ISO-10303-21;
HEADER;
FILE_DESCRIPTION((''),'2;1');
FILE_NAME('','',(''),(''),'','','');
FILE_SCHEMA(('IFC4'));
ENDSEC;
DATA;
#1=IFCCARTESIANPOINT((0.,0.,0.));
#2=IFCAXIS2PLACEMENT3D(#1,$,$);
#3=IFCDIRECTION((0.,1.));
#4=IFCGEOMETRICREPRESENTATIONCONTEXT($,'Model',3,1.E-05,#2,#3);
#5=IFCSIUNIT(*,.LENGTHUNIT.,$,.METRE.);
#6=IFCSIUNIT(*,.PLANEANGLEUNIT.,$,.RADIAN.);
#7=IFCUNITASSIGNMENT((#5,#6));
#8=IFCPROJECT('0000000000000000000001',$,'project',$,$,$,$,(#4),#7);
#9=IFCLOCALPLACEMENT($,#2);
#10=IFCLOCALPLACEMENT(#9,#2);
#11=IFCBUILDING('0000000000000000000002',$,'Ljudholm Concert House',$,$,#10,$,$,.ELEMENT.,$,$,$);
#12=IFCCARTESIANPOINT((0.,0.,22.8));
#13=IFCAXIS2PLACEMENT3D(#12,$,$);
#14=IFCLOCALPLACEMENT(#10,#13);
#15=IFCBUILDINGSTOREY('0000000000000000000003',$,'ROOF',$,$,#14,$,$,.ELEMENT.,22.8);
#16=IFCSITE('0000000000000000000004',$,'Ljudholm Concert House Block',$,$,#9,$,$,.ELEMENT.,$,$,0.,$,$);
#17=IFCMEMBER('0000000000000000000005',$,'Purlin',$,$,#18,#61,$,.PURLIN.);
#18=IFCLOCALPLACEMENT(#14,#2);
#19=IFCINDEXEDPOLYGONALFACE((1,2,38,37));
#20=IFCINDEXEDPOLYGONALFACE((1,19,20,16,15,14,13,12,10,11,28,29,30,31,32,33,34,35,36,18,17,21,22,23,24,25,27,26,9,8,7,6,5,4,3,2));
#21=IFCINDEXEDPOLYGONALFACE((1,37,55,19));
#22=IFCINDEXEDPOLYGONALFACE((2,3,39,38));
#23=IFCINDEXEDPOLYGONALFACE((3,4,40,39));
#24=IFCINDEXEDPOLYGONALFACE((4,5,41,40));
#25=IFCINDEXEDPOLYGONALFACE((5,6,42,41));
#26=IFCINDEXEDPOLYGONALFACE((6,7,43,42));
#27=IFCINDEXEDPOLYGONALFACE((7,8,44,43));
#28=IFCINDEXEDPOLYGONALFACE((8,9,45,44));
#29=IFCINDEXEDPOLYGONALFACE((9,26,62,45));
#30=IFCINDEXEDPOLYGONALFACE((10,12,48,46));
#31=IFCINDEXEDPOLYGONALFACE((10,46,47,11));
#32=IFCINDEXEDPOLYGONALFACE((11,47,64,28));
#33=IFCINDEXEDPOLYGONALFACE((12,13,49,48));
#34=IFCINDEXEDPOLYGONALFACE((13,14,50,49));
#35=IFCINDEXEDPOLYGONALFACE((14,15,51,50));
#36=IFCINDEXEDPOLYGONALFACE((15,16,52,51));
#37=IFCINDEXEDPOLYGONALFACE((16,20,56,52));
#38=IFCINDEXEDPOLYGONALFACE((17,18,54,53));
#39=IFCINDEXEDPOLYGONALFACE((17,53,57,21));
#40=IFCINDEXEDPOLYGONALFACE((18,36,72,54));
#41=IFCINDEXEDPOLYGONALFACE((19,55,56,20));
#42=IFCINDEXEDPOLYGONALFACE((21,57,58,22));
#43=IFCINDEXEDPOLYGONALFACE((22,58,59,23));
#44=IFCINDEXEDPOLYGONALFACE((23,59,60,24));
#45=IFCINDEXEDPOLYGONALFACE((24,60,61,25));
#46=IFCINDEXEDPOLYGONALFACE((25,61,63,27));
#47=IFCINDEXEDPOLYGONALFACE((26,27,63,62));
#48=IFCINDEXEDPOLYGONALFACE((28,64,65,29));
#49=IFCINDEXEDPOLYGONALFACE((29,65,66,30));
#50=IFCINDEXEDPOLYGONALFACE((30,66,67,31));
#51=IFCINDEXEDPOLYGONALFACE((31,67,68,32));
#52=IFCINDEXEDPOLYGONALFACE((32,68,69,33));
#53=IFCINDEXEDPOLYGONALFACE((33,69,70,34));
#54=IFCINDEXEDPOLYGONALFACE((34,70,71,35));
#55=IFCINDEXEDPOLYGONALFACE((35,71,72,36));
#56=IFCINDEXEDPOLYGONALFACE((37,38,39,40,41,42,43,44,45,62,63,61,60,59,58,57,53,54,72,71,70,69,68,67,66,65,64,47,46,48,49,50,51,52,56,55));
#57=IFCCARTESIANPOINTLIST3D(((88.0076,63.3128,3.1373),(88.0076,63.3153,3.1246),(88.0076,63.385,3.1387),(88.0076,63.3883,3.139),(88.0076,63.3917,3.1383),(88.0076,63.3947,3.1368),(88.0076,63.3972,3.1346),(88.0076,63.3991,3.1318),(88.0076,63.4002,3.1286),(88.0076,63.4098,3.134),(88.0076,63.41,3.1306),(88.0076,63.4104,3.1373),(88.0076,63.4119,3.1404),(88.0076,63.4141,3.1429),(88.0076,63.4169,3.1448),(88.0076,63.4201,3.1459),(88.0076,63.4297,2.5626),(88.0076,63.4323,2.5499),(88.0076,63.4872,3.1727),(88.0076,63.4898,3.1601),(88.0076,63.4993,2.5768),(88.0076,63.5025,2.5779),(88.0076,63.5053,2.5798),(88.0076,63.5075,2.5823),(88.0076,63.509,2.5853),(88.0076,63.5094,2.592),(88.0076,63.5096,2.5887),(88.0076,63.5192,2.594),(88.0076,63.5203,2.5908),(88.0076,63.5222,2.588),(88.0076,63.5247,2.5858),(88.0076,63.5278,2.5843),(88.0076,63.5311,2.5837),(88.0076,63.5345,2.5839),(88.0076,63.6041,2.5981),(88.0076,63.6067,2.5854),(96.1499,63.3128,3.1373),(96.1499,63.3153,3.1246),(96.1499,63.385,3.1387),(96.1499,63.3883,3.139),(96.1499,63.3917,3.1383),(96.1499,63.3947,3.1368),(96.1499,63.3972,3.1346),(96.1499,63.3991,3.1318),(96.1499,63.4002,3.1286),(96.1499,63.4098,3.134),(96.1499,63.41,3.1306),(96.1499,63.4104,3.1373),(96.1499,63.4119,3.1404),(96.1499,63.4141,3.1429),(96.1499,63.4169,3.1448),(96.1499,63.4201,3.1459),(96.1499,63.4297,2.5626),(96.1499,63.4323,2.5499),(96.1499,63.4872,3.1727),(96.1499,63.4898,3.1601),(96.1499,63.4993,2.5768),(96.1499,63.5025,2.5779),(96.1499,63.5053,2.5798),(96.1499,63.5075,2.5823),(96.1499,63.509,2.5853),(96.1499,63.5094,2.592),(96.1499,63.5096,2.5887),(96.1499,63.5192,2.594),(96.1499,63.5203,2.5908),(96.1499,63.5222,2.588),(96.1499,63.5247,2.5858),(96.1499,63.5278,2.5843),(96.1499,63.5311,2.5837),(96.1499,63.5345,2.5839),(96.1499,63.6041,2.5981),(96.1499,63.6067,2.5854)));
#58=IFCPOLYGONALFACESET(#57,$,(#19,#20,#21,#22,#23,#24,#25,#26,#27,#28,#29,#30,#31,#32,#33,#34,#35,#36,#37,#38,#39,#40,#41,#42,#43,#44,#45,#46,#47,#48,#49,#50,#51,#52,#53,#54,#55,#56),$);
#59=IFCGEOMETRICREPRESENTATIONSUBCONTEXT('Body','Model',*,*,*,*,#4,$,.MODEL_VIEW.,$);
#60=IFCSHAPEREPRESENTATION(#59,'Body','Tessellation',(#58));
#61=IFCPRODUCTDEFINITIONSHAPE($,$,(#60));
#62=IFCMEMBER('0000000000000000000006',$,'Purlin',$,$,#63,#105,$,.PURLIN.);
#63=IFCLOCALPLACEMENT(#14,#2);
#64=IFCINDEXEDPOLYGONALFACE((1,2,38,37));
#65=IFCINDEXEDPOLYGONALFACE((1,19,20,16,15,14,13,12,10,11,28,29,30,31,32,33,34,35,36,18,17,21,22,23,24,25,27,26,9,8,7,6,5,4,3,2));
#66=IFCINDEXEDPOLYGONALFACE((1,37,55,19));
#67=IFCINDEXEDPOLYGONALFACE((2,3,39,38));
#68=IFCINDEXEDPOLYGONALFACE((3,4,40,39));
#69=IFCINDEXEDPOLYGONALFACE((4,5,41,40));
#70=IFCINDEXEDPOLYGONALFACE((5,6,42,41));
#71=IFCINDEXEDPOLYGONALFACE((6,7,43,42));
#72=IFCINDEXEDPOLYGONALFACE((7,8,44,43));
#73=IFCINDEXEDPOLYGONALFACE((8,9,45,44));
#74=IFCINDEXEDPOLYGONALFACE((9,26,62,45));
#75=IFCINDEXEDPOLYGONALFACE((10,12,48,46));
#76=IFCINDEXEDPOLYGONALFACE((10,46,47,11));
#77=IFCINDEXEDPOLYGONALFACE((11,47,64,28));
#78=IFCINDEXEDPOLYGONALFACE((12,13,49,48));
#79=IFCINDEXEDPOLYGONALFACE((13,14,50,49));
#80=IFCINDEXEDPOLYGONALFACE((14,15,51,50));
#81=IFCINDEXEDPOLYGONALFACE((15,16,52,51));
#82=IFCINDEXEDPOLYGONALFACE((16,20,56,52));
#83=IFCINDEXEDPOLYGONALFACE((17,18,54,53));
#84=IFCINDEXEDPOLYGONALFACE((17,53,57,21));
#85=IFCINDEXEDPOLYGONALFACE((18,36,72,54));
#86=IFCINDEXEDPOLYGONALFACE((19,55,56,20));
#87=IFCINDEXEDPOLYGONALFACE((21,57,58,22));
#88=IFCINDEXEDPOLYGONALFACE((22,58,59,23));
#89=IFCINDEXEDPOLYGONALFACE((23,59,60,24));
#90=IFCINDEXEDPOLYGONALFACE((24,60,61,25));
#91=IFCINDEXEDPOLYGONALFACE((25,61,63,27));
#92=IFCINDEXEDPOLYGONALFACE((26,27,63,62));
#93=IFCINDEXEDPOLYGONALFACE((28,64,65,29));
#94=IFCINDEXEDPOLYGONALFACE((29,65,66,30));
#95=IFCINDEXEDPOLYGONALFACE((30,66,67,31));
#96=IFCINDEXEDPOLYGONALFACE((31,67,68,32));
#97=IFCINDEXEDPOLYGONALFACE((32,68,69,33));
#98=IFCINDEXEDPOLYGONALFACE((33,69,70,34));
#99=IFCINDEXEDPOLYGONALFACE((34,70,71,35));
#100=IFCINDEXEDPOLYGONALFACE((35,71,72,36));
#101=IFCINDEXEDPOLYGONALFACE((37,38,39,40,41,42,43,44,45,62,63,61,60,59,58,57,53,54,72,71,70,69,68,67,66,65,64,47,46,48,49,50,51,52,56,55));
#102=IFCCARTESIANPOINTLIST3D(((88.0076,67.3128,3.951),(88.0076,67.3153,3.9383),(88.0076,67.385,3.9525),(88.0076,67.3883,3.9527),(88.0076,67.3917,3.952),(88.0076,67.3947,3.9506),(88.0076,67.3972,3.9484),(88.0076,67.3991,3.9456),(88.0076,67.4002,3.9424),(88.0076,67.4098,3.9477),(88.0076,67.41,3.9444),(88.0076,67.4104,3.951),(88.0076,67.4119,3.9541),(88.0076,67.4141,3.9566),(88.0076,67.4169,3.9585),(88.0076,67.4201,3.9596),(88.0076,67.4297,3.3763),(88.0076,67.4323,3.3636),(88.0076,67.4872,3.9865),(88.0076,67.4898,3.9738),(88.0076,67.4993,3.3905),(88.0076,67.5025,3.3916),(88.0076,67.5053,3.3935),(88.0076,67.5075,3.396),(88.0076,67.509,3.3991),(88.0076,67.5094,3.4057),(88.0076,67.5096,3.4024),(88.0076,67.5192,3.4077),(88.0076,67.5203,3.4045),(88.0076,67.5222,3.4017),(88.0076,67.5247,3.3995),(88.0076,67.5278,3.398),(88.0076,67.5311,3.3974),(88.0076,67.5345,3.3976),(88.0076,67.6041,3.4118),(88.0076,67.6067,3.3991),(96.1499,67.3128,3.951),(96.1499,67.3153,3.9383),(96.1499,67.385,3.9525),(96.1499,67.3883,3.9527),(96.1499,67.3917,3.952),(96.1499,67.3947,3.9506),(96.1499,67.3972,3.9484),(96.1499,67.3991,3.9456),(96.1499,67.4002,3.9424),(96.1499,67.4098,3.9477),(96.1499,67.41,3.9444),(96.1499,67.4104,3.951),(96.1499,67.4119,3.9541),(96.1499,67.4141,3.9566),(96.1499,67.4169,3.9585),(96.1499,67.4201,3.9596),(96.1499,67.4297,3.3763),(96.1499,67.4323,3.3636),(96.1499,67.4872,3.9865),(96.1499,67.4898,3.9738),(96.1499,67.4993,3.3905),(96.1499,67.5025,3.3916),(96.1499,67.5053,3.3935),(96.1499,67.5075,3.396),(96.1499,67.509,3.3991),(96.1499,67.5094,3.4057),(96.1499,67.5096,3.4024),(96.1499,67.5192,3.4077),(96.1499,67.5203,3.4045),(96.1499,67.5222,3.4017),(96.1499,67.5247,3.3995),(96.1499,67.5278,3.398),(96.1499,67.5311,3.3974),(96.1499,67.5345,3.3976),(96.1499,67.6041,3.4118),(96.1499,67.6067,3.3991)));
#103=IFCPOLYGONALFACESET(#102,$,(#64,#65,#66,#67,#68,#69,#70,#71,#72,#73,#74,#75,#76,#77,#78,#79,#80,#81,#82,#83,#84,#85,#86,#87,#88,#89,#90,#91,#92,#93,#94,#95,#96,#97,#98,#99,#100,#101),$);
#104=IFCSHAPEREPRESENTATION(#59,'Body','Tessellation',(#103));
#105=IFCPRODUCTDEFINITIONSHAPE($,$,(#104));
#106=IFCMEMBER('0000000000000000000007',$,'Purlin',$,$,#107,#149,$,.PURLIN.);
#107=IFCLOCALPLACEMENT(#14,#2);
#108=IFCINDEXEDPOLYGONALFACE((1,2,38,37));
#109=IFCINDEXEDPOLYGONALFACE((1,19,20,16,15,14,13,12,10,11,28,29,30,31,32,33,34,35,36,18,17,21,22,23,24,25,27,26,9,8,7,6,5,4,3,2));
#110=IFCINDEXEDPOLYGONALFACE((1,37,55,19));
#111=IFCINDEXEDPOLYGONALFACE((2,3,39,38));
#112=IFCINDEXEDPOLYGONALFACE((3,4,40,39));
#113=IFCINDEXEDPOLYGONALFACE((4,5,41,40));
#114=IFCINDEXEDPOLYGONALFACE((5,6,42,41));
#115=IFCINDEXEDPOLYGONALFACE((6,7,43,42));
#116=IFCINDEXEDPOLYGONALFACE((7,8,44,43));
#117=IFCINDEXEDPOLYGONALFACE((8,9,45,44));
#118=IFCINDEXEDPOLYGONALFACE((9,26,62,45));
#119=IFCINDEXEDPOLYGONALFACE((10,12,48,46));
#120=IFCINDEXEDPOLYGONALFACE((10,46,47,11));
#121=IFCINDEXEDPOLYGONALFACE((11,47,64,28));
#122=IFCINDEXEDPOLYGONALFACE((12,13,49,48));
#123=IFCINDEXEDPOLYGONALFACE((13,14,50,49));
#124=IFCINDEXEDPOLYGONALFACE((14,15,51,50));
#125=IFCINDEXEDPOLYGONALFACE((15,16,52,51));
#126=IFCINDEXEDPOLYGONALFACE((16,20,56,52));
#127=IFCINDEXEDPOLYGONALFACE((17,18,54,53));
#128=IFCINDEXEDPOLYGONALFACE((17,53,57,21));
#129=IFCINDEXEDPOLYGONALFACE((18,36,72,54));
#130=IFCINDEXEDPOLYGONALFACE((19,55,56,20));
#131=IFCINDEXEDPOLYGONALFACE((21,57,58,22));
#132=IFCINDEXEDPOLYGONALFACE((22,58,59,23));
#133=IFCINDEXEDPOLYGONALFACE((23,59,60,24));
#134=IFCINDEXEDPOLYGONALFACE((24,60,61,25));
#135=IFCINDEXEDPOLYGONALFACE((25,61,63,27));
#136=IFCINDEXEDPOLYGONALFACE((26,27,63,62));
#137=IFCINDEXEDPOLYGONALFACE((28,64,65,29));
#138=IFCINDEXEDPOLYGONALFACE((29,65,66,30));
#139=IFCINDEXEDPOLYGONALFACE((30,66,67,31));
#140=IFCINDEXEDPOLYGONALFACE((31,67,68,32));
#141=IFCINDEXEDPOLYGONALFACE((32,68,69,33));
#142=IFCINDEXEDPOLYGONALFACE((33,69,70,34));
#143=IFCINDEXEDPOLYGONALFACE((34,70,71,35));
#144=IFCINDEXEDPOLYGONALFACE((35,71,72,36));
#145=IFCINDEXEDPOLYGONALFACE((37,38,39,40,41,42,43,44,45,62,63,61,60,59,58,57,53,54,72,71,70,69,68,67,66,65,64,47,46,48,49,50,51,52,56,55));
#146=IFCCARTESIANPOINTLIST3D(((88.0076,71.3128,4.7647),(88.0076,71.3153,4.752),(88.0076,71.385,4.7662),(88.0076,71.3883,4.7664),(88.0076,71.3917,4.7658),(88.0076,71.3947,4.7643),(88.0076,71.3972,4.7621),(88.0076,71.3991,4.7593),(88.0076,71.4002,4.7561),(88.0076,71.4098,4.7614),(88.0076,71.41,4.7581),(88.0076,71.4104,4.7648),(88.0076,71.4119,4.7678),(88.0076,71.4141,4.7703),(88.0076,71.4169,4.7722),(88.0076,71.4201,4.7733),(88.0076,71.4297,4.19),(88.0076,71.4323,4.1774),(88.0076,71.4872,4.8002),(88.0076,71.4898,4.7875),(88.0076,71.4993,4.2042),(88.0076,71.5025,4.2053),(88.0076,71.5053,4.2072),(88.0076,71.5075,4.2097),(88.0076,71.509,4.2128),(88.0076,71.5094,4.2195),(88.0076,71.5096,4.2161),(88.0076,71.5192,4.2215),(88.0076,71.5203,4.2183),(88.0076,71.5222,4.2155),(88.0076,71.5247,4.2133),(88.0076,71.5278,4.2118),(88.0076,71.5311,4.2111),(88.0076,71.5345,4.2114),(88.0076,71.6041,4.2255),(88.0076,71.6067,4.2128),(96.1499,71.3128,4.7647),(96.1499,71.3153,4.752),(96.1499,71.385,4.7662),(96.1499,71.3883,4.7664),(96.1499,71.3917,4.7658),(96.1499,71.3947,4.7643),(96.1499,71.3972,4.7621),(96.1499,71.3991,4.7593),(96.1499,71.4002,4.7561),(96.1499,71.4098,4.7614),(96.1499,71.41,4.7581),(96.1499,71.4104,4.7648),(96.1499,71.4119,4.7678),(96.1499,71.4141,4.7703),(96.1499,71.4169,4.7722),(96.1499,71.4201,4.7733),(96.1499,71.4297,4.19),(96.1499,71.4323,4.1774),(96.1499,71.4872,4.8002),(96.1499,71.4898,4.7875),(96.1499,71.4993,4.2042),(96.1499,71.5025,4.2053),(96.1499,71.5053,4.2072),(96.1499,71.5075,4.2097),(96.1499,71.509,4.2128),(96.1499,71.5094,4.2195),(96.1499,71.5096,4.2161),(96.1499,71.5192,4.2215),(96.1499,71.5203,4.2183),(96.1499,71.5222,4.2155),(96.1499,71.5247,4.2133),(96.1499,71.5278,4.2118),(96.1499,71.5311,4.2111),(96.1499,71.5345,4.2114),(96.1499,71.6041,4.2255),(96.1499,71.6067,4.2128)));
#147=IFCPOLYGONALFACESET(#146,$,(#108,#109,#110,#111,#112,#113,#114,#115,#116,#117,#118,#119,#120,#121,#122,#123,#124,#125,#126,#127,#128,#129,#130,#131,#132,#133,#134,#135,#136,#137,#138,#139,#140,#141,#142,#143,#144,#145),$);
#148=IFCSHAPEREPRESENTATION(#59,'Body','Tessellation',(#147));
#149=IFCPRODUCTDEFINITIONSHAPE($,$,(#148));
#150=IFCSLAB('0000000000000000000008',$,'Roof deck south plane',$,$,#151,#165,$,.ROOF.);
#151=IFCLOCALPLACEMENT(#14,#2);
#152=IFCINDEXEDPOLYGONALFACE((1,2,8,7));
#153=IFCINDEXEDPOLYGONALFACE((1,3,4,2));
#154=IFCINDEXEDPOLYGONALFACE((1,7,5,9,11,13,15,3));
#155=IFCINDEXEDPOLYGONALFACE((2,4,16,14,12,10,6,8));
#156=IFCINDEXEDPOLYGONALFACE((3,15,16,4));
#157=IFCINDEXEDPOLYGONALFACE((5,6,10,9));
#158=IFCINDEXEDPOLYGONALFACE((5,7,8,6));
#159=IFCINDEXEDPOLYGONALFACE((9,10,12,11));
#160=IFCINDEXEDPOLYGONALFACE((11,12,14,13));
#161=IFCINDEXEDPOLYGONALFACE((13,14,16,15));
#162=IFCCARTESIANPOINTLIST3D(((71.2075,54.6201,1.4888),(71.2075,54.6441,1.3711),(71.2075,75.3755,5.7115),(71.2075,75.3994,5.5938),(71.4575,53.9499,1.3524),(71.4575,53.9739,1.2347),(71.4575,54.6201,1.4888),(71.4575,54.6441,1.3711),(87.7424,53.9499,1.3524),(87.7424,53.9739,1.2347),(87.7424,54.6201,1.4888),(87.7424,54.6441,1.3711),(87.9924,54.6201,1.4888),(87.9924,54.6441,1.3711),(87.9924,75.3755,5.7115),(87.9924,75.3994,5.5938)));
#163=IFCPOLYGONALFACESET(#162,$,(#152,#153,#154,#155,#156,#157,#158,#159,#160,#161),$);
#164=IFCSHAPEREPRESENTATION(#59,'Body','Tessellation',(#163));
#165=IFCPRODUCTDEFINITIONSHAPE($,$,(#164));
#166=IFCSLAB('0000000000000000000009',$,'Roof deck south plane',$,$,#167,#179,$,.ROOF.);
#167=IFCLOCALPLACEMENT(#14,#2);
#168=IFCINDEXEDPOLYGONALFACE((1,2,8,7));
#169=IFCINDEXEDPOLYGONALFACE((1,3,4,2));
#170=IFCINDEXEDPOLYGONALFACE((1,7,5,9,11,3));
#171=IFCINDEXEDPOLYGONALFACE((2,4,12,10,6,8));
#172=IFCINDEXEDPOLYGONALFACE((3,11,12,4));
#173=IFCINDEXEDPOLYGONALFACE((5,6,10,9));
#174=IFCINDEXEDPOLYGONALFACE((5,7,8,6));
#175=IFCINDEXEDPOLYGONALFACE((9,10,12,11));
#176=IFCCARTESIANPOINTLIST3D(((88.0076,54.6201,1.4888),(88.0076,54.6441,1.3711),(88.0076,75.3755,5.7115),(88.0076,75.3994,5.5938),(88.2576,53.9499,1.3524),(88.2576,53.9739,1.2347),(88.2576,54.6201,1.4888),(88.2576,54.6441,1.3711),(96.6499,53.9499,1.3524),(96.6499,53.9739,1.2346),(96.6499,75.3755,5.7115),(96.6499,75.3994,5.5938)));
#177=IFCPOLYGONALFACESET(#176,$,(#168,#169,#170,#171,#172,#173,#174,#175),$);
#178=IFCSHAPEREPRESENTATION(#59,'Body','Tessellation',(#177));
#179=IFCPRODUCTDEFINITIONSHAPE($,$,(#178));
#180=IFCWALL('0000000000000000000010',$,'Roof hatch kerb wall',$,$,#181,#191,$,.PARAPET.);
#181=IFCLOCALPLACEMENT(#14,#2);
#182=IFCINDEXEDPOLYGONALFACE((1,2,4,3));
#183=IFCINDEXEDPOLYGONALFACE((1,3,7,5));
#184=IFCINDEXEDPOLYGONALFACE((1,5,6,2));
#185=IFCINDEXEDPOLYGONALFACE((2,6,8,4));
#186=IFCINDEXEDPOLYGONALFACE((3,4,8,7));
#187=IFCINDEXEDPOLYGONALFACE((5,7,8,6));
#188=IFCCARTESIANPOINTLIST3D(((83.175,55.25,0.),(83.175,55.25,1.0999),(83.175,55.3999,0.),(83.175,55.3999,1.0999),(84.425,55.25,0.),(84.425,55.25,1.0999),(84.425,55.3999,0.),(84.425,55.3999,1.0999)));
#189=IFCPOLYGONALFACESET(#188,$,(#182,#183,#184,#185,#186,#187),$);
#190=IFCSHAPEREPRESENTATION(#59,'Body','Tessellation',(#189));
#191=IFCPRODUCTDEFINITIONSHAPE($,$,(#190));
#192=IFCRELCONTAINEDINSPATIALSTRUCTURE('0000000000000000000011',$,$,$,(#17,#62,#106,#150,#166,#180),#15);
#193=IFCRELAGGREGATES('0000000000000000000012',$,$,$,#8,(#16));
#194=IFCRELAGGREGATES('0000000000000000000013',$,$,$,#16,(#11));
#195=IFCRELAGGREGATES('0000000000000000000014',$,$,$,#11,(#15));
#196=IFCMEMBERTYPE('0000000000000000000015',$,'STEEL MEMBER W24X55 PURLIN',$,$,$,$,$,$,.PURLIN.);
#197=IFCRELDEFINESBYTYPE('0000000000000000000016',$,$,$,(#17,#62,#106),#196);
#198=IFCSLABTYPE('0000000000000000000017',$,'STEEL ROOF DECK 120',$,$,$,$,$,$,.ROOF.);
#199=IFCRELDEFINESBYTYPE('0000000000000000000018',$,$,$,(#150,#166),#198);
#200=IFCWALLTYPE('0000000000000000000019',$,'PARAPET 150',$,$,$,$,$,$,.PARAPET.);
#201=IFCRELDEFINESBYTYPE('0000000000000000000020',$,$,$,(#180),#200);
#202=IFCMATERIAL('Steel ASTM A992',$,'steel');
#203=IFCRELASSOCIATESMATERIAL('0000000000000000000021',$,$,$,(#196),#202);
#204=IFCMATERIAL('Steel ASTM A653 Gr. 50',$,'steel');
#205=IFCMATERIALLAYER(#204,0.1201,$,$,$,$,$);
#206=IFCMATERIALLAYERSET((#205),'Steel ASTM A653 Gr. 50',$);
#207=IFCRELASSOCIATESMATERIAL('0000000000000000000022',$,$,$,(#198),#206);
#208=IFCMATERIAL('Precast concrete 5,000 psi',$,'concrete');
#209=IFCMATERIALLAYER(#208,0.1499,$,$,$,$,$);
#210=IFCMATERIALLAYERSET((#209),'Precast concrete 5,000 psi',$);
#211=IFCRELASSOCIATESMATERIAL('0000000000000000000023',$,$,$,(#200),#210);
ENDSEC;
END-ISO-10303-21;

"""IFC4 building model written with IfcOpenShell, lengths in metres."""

from ifc_helpers import new_model, si_unit, direction, frame, frame_2d, origin, origin_2d, place, context, subcontext, project, spatial, polyline, rectangle, i_section, outline, extrude, material, layer, layer_set, material_profile, profile_set, type_object, element, save


model = new_model("IFC4")

# Units and contexts
model_context = context("Model", 3, precision=1e-05, world=origin(), true_north=direction((0.0, 1.0)))
body_context = subcontext(model_context, "Body", "Model", "MODEL_VIEW")
ifc_project = project(units=[si_unit("LENGTHUNIT", "METRE"), si_unit("PLANEANGLEUNIT", "RADIAN")], contexts=[model_context])

# Site, building, storey
site_placement = place(None, origin())
site = spatial("IfcSite", under=ifc_project, at=site_placement, Name="Ljudholm Concert House Block", CompositionType="ELEMENT", RefElevation=0.0)
building_placement = place(site_placement, origin())
building = spatial("IfcBuilding", under=site, at=building_placement, Name="Ljudholm Concert House", CompositionType="ELEMENT")
storey_placement = place(building_placement, frame((0.0, 0.0, 22.8)))
storey = spatial("IfcBuildingStorey", under=building, at=storey_placement, Name="ROOF", CompositionType="ELEMENT", Elevation=22.8)

# Members
ifc_material_1 = material(Name="Steel ASTM A992", Category="steel")
ifc_material_profile_1 = material_profile(ifc_material_1, i_section(OverallWidth=0.178, OverallDepth=0.5994, WebThickness=0.01, FlangeThickness=0.0129, FilletRadius=0.0129, at=origin_2d()), Name="W24X55")
ifc_profile_set_1 = profile_set([ifc_material_profile_1], Name="Steel ASTM A992")
member_type_1 = type_object("IfcMemberType", Name="STEEL MEMBER W24X55 PURLIN", PredefinedType="PURLIN", material=ifc_profile_set_1)
for number, where, z_axis, x_axis, name in (
    (1, (88.0076, 63.4597, 2.8613), (1.0, 0.0, 0.0), (0.0, 0.979925, 0.199368), "Purlin"),
    (2, (88.0076, 67.4597, 3.675), (1.0, 0.0, 0.0), (0.0, 0.979925, 0.199368), "Purlin"),
    (3, (88.0076, 71.4597, 4.4888), (1.0, 0.0, 0.0), (0.0, 0.979925, 0.199368), "Purlin"),
):
    element("IfcMember", number, at=place(storey_placement, frame(where, z_axis=z_axis, x_axis=x_axis)), inside=storey, type_object=member_type_1, Name=name, PredefinedType="PURLIN", context=body_context, shape_type="SweptSolid", body=[
        extrude(i_section(OverallWidth=0.178, OverallDepth=0.5994, WebThickness=0.01, FlangeThickness=0.0129, FilletRadius=0.0129, at=origin_2d()), origin(), (0.0, 0.0, 1.0), 8.1423),
    ])

# Slabs
ifc_material_2 = material(Name="Steel ASTM A653 Gr. 50", Category="steel")
ifc_layer_1 = layer(ifc_material_2, 0.1201)
ifc_layer_set_1 = layer_set([ifc_layer_1], Name="Steel ASTM A653 Gr. 50")
slab_type = type_object("IfcSlabType", Name="STEEL ROOF DECK 120", PredefinedType="ROOF", material=ifc_layer_set_1)
slab_1_placement = place(storey_placement, frame((71.2075, 54.6201, 1.4888), z_axis=(0.0, -0.19937, 0.979924), x_axis=(1.0, 0.0, 0.0)))
element("IfcSlab", 4, at=slab_1_placement, inside=storey, type_object=slab_type, Name="Roof deck south plane", PredefinedType="ROOF", context=body_context, shape_type="SweptSolid", body=[
    extrude(outline(polyline([(0.0, 0.0), (0.25, 0.0), (0.25, -0.6839), (16.5349, -0.6839), (16.5349, 0.0), (16.7849, 0.0), (16.7849, 21.1806), (0.0, 21.1806), (0.0, 0.0)])), origin(), (0.0, 0.0, -1.0), 0.1201),
])
slab_2_placement = place(storey_placement, frame((88.0076, 54.6201, 1.4888), z_axis=(0.000007, -0.19937, 0.979924), x_axis=(1.0, 0.000001, -0.000007)))
element("IfcSlab", 5, at=slab_2_placement, inside=storey, type_object=slab_type, Name="Roof deck south plane", PredefinedType="ROOF", context=body_context, shape_type="SweptSolid", body=[
    extrude(outline(polyline([(0.0, 0.0), (0.25, 0.0), (0.25, -0.6839), (8.6423, -0.6839), (8.6423, 21.1806), (0.0, 21.1806), (0.0, 0.0)])), origin(), (0.0, 0.0, -1.0), 0.1201),
])

# Wall
ifc_material_3 = material(Name="Precast concrete 5,000 psi", Category="concrete")
ifc_layer_2 = layer(ifc_material_3, 0.1499)
ifc_layer_set_2 = layer_set([ifc_layer_2], Name="Precast concrete 5,000 psi")
wall_type_1 = type_object("IfcWallType", Name="PARAPET 150", PredefinedType="PARAPET", material=ifc_layer_set_2)
wall_1_placement = place(storey_placement, frame((83.175, 55.325, 0.0), z_axis=(0.0, 0.0, 1.0), x_axis=(1.0, 0.0, 0.0)))
element("IfcWall", 6, at=wall_1_placement, inside=storey, type_object=wall_type_1, Name="Roof hatch kerb wall", PredefinedType="PARAPET", context=body_context, shape_type="SweptSolid", body=[
    extrude(rectangle(XDim=1.25, YDim=0.1499, at=frame_2d((0.625, 0.0))), origin(), (0.0, 0.0, 1.0), 1.0999),
])

save(model, "model.ifc")
